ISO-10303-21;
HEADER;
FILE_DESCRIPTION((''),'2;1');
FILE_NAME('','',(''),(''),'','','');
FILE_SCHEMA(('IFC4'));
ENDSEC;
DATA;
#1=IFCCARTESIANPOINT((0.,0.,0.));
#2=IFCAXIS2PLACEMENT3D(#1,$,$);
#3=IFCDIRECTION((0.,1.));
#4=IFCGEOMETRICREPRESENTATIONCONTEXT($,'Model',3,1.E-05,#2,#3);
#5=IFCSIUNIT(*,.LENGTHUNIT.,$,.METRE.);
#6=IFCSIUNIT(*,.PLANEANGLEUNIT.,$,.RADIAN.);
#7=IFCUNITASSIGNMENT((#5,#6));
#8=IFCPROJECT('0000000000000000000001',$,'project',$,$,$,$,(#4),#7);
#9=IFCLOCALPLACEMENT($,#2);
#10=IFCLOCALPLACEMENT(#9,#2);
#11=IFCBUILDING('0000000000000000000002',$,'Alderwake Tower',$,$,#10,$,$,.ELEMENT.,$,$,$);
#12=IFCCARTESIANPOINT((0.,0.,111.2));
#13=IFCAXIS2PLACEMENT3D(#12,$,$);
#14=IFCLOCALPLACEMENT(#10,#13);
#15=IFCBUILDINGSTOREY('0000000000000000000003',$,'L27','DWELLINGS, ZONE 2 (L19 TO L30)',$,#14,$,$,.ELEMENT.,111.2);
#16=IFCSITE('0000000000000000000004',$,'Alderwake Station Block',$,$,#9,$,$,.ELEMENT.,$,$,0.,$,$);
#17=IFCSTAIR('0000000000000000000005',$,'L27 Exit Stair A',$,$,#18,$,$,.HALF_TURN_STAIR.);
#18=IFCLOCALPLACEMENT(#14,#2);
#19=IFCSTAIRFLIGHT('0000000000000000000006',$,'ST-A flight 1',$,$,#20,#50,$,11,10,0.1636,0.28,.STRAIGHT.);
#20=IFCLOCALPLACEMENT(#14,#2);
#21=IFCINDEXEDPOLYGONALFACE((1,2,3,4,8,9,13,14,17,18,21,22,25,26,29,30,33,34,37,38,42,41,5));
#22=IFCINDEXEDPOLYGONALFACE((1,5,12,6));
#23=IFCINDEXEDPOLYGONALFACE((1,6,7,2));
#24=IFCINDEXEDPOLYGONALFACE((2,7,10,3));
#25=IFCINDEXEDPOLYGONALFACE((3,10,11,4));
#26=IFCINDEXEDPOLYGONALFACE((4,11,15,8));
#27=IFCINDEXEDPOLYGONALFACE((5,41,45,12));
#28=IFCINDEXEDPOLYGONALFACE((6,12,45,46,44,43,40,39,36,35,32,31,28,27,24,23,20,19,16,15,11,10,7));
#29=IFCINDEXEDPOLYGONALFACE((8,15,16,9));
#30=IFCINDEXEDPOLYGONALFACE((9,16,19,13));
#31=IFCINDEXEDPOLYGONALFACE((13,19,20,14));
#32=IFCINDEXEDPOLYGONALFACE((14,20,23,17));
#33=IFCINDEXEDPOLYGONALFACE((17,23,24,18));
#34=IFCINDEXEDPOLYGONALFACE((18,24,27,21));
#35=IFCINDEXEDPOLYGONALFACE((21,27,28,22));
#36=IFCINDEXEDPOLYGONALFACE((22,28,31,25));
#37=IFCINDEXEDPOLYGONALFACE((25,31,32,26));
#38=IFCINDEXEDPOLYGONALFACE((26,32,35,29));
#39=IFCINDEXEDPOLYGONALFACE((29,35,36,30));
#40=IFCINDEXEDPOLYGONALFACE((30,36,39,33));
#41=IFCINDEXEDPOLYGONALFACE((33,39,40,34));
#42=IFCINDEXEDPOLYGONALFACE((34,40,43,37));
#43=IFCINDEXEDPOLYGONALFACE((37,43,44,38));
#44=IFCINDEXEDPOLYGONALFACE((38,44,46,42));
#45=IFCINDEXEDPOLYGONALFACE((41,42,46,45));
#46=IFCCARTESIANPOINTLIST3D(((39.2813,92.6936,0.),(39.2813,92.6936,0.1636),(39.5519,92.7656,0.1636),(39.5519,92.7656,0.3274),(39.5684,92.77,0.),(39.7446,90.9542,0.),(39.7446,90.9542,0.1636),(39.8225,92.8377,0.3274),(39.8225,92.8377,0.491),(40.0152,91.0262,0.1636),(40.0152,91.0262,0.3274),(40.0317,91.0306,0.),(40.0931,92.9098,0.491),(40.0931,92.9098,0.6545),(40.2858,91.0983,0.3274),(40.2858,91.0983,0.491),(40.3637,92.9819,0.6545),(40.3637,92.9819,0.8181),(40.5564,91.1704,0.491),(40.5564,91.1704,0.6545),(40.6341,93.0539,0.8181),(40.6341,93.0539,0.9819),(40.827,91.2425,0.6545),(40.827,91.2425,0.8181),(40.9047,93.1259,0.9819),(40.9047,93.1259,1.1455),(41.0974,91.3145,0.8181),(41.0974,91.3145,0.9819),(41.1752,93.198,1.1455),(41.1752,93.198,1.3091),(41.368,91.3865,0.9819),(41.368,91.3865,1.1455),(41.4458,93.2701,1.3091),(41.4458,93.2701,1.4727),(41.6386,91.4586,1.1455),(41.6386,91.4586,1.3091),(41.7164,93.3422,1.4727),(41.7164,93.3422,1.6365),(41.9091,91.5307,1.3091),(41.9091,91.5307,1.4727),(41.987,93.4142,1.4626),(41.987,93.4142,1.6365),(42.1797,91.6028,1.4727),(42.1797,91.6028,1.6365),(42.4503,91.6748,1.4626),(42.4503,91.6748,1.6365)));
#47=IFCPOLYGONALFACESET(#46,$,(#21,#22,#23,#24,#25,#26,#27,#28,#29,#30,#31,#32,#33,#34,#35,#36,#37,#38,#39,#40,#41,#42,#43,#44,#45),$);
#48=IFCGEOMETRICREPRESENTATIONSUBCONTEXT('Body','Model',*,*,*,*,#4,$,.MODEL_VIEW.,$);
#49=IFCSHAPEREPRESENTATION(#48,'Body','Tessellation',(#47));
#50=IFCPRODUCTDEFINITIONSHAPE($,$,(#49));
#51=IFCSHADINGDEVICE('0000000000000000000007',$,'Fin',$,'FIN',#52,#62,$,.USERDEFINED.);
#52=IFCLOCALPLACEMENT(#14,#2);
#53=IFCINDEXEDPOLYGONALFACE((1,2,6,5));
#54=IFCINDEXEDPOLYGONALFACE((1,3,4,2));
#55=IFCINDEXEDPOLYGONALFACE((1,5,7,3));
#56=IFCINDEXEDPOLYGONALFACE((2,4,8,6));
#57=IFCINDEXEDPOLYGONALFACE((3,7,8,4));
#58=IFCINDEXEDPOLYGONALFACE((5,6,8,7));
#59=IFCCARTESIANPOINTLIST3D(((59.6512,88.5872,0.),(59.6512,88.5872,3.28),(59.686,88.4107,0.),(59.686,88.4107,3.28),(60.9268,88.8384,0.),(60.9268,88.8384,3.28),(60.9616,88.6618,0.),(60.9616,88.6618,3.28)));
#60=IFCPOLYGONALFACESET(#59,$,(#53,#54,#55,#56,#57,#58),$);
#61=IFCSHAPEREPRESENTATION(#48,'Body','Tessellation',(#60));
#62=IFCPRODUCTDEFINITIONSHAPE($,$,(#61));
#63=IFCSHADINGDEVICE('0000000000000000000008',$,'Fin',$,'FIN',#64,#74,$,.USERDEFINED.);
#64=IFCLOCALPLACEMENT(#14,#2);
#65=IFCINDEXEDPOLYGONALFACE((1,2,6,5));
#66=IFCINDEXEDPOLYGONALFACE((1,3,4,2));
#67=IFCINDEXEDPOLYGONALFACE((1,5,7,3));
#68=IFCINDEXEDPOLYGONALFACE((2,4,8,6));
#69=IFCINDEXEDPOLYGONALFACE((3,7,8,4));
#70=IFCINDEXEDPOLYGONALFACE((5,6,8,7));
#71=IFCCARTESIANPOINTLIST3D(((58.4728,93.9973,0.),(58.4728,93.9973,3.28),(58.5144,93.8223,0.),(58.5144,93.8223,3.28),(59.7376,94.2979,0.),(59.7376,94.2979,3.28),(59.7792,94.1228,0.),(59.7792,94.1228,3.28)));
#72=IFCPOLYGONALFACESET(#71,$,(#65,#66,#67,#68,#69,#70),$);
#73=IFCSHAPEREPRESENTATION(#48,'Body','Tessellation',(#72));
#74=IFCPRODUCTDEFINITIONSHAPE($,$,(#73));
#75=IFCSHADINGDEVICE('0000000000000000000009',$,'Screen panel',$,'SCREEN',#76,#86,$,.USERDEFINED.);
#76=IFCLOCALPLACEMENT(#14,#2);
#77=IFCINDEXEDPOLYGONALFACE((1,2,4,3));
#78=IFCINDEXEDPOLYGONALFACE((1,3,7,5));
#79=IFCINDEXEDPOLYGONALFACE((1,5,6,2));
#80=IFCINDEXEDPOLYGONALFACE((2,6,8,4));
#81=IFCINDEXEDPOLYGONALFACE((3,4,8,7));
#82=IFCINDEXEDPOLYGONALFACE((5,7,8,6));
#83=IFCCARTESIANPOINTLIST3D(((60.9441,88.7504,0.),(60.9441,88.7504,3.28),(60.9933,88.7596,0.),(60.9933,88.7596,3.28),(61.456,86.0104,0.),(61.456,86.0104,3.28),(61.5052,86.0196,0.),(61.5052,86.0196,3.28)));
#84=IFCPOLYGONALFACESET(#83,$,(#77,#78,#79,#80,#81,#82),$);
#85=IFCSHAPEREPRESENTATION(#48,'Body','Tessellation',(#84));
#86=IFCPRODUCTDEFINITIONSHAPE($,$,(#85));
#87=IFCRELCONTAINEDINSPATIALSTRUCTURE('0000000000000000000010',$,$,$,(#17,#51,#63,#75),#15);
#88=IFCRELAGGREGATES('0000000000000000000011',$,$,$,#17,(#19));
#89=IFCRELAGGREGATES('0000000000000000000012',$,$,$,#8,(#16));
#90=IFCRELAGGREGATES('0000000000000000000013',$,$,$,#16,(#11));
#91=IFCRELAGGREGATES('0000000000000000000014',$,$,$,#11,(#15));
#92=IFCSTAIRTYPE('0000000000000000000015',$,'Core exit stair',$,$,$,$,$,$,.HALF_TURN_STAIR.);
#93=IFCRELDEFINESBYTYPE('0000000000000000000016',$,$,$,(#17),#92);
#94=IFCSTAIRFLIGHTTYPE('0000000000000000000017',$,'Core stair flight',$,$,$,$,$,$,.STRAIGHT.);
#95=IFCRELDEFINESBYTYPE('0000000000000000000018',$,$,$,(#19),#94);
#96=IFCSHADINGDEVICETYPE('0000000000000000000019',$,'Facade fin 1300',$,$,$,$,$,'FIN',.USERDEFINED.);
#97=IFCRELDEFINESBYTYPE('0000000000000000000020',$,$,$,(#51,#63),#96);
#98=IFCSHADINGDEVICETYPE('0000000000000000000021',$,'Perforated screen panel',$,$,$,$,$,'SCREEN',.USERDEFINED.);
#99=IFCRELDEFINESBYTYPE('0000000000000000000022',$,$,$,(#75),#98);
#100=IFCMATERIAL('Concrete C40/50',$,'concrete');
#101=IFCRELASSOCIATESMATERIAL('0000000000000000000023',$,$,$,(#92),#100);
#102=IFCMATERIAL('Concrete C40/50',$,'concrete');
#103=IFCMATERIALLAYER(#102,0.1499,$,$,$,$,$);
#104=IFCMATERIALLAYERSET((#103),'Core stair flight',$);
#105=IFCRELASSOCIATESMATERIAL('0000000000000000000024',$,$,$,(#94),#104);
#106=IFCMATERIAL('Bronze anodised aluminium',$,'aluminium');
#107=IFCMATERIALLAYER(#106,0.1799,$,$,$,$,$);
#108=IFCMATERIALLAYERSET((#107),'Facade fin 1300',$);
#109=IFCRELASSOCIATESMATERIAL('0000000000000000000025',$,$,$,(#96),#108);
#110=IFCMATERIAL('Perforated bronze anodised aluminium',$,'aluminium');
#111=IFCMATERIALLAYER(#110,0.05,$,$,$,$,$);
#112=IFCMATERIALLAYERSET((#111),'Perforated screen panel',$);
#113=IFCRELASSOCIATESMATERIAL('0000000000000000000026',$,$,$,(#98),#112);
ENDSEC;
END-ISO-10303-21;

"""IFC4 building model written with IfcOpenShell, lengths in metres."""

from ifc_helpers import new_model, si_unit, direction, frame, origin, origin_2d, place, context, subcontext, project, spatial, polyline, rectangle, outline, extrude, material, layer, layer_set, type_object, element, aggregate, save


model = new_model("IFC4")

# Units and contexts
model_context = context("Model", 3, precision=1e-05, world=origin(), true_north=direction((0.0, 1.0)))
body_context = subcontext(model_context, "Body", "Model", "MODEL_VIEW")
ifc_project = project(units=[si_unit("LENGTHUNIT", "METRE"), si_unit("PLANEANGLEUNIT", "RADIAN")], contexts=[model_context])

# Site, building, storey
site_placement = place(None, origin())
site = spatial("IfcSite", under=ifc_project, at=site_placement, Name="Alderwake Station Block", CompositionType="ELEMENT", RefElevation=0.0)
building_placement = place(site_placement, origin())
building = spatial("IfcBuilding", under=site, at=building_placement, Name="Alderwake Tower", CompositionType="ELEMENT")
storey_placement = place(building_placement, frame((0.0, 0.0, 111.2)))
storey = spatial("IfcBuildingStorey", under=building, at=storey_placement, Name="L27", Description="DWELLINGS, ZONE 2 (L19 TO L30)", CompositionType="ELEMENT", Elevation=111.2)

# Stair, stair flight
ifc_material_1 = material(Name="Concrete C40/50", Category="concrete")
stair_type = type_object("IfcStairType", Name="Core exit stair", PredefinedType="HALF_TURN_STAIR", material=ifc_material_1)
stair_placement = place(storey_placement, origin())
stair = element("IfcStair", 1, at=stair_placement, inside=storey, type_object=stair_type, Name="L27 Exit Stair A", PredefinedType="HALF_TURN_STAIR")
ifc_material_2 = material(Name="Concrete C40/50", Category="concrete")
ifc_layer_1 = layer(ifc_material_2, 0.1499)
ifc_layer_set_1 = layer_set([ifc_layer_1], Name="Core stair flight")
stair_flight_type = type_object("IfcStairFlightType", Name="Core stair flight", PredefinedType="STRAIGHT", material=ifc_layer_set_1)
stair_flight_placement = place(storey_placement, frame((39.5129, 91.824, 0.0), z_axis=(0.0, 0.0, 1.0), x_axis=(0.96631, 0.257382, 0.0)))
stair_flight = element("IfcStairFlight", 2, at=stair_flight_placement, type_object=stair_flight_type, Name="ST-A flight 1", NumberOfRisers=11, NumberOfTreads=10, PredefinedType="STRAIGHT", RiserHeight=0.1636, TreadLength=0.28, context=body_context, shape_type="SweptSolid", body=[
    extrude(outline(polyline([(0.0, 0.0), (0.0, 0.1636), (0.28, 0.1636), (0.28, 0.3274), (0.5601, 0.3274), (0.5601, 0.491), (0.8401, 0.491), (0.8401, 0.6545), (1.1201, 0.6545), (1.1201, 0.8181), (1.3999, 0.8181), (1.3999, 0.9819), (1.6799, 0.9819), (1.6799, 1.1455), (1.96, 1.1455), (1.96, 1.3091), (2.24, 1.3091), (2.24, 1.4727), (2.52, 1.4727), (2.52, 1.6365), (2.8, 1.6365), (2.8, 1.8), (2.8, 1.4626), (0.2971, 0.0), (0.0, 0.0)])), frame((0.0, 0.8999, 0.0), z_axis=(0.0, -1.0, 0.0), x_axis=(1.0, 0.0, 0.0)), (0.0, 0.0, 1.0), 1.8),
])
aggregate(stair, [stair_flight])

# Shading devices
ifc_material_3 = material(Name="Bronze anodised aluminium", Category="aluminium")
ifc_layer_2 = layer(ifc_material_3, 0.1799)
ifc_layer_set_2 = layer_set([ifc_layer_2], Name="Facade fin 1300")
shading_device_type_1 = type_object("IfcShadingDeviceType", Name="Facade fin 1300", ElementType="FIN", PredefinedType="USERDEFINED", material=ifc_layer_set_2)
for number, where, z_axis, x_axis, name in (
    (3, (60.3064, 88.6245, 0.0), (0.0, 0.0, 1.0), (0.981164, 0.193178, 0.0), "Fin"),
    (4, (59.126, 94.0601, 0.0), (0.0, 0.0, 1.0), (0.972909, 0.231189, 0.0), "Fin"),
):
    element("IfcShadingDevice", number, at=place(storey_placement, frame(where, z_axis=z_axis, x_axis=x_axis)), inside=storey, type_object=shading_device_type_1, Name=name, ObjectType="FIN", PredefinedType="USERDEFINED", context=body_context, shape_type="SweptSolid", body=[
        extrude(rectangle(XDim=1.3, YDim=0.1799, at=origin_2d()), origin(), (0.0, 0.0, 1.0), 3.28),
    ])
ifc_material_4 = material(Name="Perforated bronze anodised aluminium", Category="aluminium")
ifc_layer_3 = layer(ifc_material_4, 0.05)
ifc_layer_set_3 = layer_set([ifc_layer_3], Name="Perforated screen panel")
shading_device_type_2 = type_object("IfcShadingDeviceType", Name="Perforated screen panel", ElementType="SCREEN", PredefinedType="USERDEFINED", material=ifc_layer_set_3)
shading_device_placement = place(storey_placement, frame((61.2246, 87.385, 0.0), z_axis=(0.0, 0.0, 1.0), x_axis=(0.982991, 0.183651, 0.0)))
element("IfcShadingDevice", 5, at=shading_device_placement, inside=storey, type_object=shading_device_type_2, Name="Screen panel", ObjectType="SCREEN", PredefinedType="USERDEFINED", context=body_context, shape_type="SweptSolid", body=[
    extrude(rectangle(XDim=0.05, YDim=2.7874, at=origin_2d()), origin(), (0.0, 0.0, 1.0), 3.28),
])

save(model, "model.ifc")
